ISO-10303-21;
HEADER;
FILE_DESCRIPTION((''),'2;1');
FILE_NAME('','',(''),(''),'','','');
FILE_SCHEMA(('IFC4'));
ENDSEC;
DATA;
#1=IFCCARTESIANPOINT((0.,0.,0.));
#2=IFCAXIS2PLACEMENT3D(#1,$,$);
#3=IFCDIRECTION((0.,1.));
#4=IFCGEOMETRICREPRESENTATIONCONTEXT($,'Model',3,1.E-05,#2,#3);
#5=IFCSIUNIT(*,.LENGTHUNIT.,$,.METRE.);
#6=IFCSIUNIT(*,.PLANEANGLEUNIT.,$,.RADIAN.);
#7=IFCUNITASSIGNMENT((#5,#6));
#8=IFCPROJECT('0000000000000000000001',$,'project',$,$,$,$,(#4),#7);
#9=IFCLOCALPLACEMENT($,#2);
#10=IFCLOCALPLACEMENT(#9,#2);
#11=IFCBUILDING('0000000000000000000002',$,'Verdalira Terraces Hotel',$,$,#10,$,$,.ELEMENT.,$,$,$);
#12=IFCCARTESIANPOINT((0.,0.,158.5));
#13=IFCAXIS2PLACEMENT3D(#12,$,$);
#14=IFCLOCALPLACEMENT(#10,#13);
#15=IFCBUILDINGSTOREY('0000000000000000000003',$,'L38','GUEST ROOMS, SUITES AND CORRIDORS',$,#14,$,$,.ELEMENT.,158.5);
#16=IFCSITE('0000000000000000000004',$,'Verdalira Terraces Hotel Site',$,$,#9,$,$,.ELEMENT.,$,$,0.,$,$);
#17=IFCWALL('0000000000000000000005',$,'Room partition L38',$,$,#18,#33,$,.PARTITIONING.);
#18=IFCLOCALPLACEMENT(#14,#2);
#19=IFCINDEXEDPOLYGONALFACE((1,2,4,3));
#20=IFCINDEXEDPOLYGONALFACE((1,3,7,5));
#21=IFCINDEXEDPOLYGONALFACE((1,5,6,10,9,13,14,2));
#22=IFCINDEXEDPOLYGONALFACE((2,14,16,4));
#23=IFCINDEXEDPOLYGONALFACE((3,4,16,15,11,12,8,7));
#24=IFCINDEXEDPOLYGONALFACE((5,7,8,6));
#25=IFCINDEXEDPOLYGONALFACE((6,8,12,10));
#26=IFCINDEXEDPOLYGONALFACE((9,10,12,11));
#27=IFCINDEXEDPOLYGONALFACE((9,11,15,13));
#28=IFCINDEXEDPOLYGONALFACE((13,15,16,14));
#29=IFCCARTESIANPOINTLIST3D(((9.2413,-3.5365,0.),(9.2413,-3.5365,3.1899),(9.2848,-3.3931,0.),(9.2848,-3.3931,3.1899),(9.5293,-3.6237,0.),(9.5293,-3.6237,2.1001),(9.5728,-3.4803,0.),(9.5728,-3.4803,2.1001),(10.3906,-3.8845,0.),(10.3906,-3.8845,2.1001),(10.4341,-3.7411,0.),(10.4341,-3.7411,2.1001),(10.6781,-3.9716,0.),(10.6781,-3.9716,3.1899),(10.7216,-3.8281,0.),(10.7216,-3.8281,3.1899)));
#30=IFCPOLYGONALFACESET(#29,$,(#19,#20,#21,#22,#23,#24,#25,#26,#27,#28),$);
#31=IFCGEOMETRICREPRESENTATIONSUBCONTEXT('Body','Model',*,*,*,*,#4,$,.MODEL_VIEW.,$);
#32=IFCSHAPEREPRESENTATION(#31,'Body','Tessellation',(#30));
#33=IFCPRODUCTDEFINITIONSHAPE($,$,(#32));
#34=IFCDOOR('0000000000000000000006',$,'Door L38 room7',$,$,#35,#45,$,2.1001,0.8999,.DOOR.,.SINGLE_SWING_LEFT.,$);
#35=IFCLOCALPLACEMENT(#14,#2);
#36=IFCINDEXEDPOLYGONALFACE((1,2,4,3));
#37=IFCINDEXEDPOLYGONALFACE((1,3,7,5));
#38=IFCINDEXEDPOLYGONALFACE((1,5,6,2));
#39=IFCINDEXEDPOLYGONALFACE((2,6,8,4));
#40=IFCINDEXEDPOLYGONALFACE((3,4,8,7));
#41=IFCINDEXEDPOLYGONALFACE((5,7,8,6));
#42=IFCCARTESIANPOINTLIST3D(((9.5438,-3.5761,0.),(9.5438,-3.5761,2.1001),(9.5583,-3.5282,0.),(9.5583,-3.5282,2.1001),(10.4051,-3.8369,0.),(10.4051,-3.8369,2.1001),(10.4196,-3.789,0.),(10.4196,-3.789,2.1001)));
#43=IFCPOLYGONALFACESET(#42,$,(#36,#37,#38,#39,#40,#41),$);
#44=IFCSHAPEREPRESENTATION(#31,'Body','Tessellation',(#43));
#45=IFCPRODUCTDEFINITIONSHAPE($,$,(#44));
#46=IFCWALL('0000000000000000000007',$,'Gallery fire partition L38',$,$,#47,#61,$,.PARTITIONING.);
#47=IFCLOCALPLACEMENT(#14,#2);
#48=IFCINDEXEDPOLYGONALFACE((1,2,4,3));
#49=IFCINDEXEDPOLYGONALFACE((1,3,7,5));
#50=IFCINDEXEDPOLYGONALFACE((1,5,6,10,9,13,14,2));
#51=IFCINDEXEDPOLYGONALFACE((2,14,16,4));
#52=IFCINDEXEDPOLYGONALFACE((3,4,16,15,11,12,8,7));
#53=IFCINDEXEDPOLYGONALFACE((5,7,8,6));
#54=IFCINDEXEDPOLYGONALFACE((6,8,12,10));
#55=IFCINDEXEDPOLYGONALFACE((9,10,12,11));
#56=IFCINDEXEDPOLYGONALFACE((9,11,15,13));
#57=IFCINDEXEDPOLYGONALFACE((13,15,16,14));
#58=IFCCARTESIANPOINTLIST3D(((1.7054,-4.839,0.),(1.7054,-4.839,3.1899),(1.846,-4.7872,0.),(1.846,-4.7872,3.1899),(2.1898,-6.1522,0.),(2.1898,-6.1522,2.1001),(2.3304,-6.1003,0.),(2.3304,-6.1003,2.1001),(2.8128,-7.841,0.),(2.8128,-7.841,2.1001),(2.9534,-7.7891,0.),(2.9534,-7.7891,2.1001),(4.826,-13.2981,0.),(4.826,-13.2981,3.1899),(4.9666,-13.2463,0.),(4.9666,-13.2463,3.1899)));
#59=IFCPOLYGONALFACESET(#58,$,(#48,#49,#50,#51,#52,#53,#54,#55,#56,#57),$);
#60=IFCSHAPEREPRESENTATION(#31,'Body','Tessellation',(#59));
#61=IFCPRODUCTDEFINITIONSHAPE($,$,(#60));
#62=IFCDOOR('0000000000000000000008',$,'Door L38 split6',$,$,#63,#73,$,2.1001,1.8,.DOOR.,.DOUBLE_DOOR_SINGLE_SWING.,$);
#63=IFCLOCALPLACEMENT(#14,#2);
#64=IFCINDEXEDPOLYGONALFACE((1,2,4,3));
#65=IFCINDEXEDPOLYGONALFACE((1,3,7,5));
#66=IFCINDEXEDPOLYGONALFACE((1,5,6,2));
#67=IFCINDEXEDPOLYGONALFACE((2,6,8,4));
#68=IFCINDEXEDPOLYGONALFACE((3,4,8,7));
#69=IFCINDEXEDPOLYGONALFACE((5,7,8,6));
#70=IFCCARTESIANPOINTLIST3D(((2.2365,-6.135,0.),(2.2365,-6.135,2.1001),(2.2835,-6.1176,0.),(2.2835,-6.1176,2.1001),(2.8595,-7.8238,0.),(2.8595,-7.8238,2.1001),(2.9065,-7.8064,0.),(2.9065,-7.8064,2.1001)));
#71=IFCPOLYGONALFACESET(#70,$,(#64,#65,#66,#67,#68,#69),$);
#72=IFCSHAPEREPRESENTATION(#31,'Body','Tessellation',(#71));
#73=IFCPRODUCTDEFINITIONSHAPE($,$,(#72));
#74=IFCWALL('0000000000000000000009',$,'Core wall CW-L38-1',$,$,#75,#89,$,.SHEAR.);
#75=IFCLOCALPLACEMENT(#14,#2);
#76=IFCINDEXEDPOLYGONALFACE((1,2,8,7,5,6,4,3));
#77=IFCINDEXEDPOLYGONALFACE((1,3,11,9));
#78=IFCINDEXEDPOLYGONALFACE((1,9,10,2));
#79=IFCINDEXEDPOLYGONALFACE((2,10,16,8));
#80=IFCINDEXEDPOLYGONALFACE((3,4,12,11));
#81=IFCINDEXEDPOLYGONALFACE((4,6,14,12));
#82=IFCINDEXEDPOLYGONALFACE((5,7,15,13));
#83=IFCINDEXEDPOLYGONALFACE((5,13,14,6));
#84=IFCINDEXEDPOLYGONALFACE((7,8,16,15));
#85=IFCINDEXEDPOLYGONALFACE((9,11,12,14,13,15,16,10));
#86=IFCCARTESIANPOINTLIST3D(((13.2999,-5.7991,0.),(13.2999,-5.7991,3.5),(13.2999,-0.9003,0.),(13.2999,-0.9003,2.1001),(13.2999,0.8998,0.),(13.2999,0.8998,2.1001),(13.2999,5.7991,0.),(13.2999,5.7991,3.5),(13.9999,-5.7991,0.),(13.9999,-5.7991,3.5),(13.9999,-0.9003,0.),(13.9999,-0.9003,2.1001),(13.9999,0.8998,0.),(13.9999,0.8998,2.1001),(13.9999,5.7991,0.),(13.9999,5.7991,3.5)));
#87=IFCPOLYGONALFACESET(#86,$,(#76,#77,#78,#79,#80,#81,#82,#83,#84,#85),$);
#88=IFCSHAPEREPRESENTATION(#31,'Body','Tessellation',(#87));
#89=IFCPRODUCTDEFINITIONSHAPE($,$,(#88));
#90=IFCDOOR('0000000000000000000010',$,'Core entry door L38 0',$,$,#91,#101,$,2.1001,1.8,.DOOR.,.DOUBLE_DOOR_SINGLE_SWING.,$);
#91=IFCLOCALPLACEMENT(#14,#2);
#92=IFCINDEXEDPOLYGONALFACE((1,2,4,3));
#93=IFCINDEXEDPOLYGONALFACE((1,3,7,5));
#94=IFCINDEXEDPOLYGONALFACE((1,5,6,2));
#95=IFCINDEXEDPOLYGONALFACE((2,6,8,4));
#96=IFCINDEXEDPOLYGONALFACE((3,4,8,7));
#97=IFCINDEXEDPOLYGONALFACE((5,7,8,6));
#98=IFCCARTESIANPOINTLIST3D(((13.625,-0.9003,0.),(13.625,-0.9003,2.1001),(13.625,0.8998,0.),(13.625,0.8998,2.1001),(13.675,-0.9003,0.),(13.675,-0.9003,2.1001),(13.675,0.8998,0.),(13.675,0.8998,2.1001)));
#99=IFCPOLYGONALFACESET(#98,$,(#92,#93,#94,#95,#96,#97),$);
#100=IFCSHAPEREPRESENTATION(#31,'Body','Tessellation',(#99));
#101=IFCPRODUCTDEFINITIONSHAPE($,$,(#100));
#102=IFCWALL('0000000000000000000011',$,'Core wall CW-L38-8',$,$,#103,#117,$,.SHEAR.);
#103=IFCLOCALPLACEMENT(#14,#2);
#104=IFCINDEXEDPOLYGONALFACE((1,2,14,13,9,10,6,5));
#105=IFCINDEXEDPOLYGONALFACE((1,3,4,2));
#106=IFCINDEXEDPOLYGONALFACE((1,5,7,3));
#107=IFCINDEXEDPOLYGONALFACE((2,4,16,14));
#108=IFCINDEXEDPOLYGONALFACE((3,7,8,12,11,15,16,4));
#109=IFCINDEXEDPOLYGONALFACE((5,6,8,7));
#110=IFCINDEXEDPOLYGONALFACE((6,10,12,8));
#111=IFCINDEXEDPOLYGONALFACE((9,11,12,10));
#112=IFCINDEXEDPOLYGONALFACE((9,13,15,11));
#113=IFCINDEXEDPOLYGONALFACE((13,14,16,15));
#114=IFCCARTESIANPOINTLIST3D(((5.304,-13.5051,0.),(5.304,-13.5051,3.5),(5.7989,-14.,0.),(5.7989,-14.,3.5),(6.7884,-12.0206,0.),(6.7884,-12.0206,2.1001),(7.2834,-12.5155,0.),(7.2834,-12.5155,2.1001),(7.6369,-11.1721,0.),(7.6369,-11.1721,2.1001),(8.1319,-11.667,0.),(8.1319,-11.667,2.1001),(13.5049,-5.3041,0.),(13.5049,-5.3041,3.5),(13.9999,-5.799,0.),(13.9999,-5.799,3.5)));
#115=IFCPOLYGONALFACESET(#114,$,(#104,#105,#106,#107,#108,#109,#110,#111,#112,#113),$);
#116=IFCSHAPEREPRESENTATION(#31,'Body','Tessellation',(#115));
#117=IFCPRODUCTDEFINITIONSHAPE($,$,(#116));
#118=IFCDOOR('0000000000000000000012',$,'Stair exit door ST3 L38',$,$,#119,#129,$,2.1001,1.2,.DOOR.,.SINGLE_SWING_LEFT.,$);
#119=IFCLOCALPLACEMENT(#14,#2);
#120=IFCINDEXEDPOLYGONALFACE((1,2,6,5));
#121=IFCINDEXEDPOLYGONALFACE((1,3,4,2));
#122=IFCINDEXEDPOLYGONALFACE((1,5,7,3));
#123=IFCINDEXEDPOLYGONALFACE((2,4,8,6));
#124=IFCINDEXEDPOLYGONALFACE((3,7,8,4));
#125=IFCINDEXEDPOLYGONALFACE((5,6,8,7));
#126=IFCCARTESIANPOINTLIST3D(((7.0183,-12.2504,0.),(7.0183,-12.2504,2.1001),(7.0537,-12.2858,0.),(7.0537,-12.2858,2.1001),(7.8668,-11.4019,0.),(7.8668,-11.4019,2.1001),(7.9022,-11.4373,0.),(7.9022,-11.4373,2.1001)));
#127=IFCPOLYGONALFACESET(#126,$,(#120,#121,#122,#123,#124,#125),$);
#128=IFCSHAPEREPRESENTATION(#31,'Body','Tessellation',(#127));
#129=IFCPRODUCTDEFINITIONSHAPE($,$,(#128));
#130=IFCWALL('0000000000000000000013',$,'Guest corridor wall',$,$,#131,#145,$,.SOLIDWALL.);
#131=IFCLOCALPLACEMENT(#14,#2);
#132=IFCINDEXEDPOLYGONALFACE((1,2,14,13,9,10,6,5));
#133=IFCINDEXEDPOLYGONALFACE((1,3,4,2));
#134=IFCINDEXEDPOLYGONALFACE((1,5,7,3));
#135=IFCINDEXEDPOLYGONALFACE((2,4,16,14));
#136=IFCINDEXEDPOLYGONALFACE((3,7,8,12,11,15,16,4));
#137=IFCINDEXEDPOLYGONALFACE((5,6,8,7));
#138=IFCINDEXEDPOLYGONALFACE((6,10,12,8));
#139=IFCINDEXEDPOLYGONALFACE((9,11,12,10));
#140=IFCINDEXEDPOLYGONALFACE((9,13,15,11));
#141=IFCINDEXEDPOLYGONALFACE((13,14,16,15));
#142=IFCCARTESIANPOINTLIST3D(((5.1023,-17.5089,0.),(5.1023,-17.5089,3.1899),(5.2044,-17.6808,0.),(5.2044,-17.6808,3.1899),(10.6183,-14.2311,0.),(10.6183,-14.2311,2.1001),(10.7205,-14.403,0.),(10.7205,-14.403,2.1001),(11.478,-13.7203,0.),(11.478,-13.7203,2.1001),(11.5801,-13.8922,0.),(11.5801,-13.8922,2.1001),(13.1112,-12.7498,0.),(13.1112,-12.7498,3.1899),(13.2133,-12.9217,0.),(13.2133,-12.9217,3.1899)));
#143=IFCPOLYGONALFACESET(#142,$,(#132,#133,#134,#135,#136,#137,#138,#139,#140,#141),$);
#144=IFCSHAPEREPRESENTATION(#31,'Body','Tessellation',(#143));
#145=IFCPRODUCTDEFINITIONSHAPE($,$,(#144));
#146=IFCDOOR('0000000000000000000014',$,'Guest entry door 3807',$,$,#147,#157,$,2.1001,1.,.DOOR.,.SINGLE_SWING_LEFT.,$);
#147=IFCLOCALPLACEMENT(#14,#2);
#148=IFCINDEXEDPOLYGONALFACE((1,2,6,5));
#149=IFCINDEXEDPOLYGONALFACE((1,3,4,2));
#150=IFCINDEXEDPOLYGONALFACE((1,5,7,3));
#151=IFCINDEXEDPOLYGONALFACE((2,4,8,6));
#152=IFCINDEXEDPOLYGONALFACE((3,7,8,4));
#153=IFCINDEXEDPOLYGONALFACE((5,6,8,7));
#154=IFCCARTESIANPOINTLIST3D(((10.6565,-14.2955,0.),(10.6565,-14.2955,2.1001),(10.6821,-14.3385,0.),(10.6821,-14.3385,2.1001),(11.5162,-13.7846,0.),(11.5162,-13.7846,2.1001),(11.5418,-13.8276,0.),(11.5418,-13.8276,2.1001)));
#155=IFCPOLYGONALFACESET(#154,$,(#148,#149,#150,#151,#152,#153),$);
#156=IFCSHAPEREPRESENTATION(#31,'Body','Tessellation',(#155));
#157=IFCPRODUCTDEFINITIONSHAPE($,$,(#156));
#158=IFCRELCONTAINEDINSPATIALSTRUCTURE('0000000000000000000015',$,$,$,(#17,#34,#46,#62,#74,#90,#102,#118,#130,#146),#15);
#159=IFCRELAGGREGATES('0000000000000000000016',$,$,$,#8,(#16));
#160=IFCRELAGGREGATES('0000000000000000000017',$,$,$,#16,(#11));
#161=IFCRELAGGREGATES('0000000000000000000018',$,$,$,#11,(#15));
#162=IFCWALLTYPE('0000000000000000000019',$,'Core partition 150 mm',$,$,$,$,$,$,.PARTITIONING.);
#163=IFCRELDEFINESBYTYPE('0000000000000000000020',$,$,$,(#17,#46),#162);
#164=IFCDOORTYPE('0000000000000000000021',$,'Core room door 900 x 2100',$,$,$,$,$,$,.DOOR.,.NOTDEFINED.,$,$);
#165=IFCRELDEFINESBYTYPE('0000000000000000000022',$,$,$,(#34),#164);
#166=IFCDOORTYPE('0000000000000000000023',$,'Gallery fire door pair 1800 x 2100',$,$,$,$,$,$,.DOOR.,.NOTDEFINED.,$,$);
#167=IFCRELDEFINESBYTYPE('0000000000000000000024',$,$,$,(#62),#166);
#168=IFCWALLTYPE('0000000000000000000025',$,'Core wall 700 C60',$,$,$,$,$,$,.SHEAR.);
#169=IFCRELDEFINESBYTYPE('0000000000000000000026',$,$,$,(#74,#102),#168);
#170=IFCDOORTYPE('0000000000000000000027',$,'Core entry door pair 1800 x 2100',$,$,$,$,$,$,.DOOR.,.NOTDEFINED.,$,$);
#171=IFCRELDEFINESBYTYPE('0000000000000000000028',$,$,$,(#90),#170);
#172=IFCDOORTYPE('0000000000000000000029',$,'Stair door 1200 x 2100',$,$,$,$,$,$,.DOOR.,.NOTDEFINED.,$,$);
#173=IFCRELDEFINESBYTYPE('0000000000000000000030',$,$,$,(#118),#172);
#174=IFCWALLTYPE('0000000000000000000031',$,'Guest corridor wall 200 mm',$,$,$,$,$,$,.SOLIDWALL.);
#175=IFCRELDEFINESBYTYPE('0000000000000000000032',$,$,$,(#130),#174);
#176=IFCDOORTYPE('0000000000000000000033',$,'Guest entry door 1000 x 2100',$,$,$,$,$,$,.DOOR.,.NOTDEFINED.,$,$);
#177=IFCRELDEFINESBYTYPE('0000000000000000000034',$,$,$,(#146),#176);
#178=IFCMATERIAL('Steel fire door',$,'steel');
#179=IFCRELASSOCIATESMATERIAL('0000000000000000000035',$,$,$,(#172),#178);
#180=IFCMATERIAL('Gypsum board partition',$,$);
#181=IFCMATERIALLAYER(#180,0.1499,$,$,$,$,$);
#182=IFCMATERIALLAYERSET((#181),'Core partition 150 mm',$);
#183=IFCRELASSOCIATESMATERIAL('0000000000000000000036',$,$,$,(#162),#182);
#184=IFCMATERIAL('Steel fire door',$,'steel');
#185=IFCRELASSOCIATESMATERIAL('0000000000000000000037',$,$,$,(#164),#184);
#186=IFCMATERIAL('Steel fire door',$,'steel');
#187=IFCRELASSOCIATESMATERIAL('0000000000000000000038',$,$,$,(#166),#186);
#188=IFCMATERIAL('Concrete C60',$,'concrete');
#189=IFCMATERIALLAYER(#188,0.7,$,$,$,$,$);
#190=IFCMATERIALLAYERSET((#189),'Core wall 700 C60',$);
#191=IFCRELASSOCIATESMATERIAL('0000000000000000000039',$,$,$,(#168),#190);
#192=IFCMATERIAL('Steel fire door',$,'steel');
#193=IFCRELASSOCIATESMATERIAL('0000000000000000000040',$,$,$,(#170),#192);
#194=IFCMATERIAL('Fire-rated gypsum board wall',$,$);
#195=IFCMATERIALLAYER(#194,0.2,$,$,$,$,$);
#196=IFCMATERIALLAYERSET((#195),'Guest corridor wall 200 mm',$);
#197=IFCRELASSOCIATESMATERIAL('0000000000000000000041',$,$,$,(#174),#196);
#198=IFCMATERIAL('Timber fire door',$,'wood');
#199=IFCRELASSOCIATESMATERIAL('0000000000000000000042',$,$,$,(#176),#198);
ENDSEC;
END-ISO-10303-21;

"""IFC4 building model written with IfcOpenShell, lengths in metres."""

from ifc_helpers import new_model, si_unit, direction, frame, frame_2d, origin, place, context, subcontext, project, spatial, rectangle, extrude, material, layer, layer_set, type_object, element, fill, save


model = new_model("IFC4")

# Units and contexts
model_context = context("Model", 3, precision=1e-05, world=origin(), true_north=direction((0.0, 1.0)))
body_context = subcontext(model_context, "Body", "Model", "MODEL_VIEW")
ifc_project = project(units=[si_unit("LENGTHUNIT", "METRE"), si_unit("PLANEANGLEUNIT", "RADIAN")], contexts=[model_context])

# Site, building, storey
site_placement = place(None, origin())
site = spatial("IfcSite", under=ifc_project, at=site_placement, Name="Verdalira Terraces Hotel Site", CompositionType="ELEMENT", RefElevation=0.0)
building_placement = place(site_placement, origin())
building = spatial("IfcBuilding", under=site, at=building_placement, Name="Verdalira Terraces Hotel", CompositionType="ELEMENT")
storey_placement = place(building_placement, frame((0.0, 0.0, 158.5)))
storey = spatial("IfcBuildingStorey", under=building, at=storey_placement, Name="L38", Description="GUEST ROOMS, SUITES AND CORRIDORS", CompositionType="ELEMENT", Elevation=158.5)

# Shared definitions
ifc_material_1 = material(Name="Steel fire door", Category="steel")
door_type_1 = type_object("IfcDoorType", Name="Stair door 1200 x 2100", OperationType="NOTDEFINED", PredefinedType="DOOR", material=ifc_material_1)

# Walls, openings, doors
ifc_material_2 = material(Name="Gypsum board partition")
ifc_layer_1 = layer(ifc_material_2, 0.1499)
ifc_layer_set_1 = layer_set([ifc_layer_1], Name="Core partition 150 mm")
wall_type_1 = type_object("IfcWallType", Name="Core partition 150 mm", PredefinedType="PARTITIONING", material=ifc_layer_set_1)
wall_1_placement = place(storey_placement, frame((9.2632, -3.4648, 0.0), z_axis=(0.0, 0.0, 1.0), x_axis=(0.957085, -0.289809, 0.0)))
wall_1 = element("IfcWall", 1, at=wall_1_placement, inside=storey, type_object=wall_type_1, Name="Room partition L38", PredefinedType="PARTITIONING", context=body_context, shape_type="SweptSolid", body=[
    extrude(rectangle(XDim=1.5012, YDim=0.1499, at=frame_2d((0.7505, 0.0))), origin(), (0.0, 0.0, 1.0), 3.1899),
])
opening_1_placement = place(wall_1_placement, frame((0.3008, 0.0, 0.0)))
opening_1 = element("IfcOpeningElement", 2, at=opening_1_placement, cuts=wall_1, PredefinedType="OPENING", context=body_context, shape_type="SweptSolid", body=[
    extrude(rectangle(XDim=0.8999, YDim=2.1001, at=frame_2d((0.45, 1.05))), frame((0.0, 0.085, 0.0), z_axis=(0.0, -1.0, 0.0), x_axis=(1.0, 0.0, 0.0)), (0.0, 0.0, 1.0), 0.1699),
])
ifc_material_3 = material(Name="Steel fire door", Category="steel")
door_type_2 = type_object("IfcDoorType", Name="Core room door 900 x 2100", OperationType="NOTDEFINED", PredefinedType="DOOR", material=ifc_material_3)
door_1_placement = place(opening_1_placement, origin())
door_1 = element("IfcDoor", 3, at=door_1_placement, inside=storey, type_object=door_type_2, Name="Door L38 room7", OperationType="SINGLE_SWING_LEFT", OverallHeight=2.1001, OverallWidth=0.8999, PredefinedType="DOOR", context=body_context, shape_type="SweptSolid", body=[
    extrude(rectangle(XDim=0.8999, YDim=2.1001, at=frame_2d((0.45, 1.05))), frame((0.0, 0.0249, 0.0), z_axis=(0.0, -1.0, 0.0), x_axis=(1.0, 0.0, 0.0)), (0.0, 0.0, 1.0), 0.05),
])
fill(opening_1, door_1)
wall_2_placement = place(storey_placement, frame((1.7756, -4.813, 0.0), z_axis=(0.0, 0.0, 1.0), x_axis=(0.346109, -0.938194, 0.0)))
wall_2 = element("IfcWall", 4, at=wall_2_placement, inside=storey, type_object=wall_type_1, Name="Gallery fire partition L38", PredefinedType="PARTITIONING", context=body_context, shape_type="SweptSolid", body=[
    extrude(rectangle(XDim=9.0164, YDim=0.1499, at=frame_2d((4.5083, 0.0))), origin(), (0.0, 0.0, 1.0), 3.1899),
])
opening_2_placement = place(wall_2_placement, frame((1.3999, 0.0, 0.0)))
opening_2 = element("IfcOpeningElement", 5, at=opening_2_placement, cuts=wall_2, PredefinedType="OPENING", context=body_context, shape_type="SweptSolid", body=[
    extrude(rectangle(XDim=1.8, YDim=2.1001, at=frame_2d((0.8999, 1.05))), frame((0.0, 0.085, 0.0), z_axis=(0.0, -1.0, 0.0), x_axis=(1.0, 0.0, 0.0)), (0.0, 0.0, 1.0), 0.1699),
])
ifc_material_4 = material(Name="Steel fire door", Category="steel")
door_type_3 = type_object("IfcDoorType", Name="Gallery fire door pair 1800 x 2100", OperationType="NOTDEFINED", PredefinedType="DOOR", material=ifc_material_4)
door_2_placement = place(opening_2_placement, origin())
door_2 = element("IfcDoor", 6, at=door_2_placement, inside=storey, type_object=door_type_3, Name="Door L38 split6", OperationType="DOUBLE_DOOR_SINGLE_SWING", OverallHeight=2.1001, OverallWidth=1.8, PredefinedType="DOOR", context=body_context, shape_type="SweptSolid", body=[
    extrude(rectangle(XDim=1.8, YDim=2.1001, at=frame_2d((0.8999, 1.05))), frame((0.0, 0.0249, 0.0), z_axis=(0.0, -1.0, 0.0), x_axis=(1.0, 0.0, 0.0)), (0.0, 0.0, 1.0), 0.05),
])
fill(opening_2, door_2)
ifc_material_5 = material(Name="Concrete C60", Category="concrete")
ifc_layer_2 = layer(ifc_material_5, 0.7)
ifc_layer_set_2 = layer_set([ifc_layer_2], Name="Core wall 700 C60")
wall_type_2 = type_object("IfcWallType", Name="Core wall 700 C60", PredefinedType="SHEAR", material=ifc_layer_set_2)
wall_3_placement = place(storey_placement, frame((13.6499, -5.7991, 0.0), z_axis=(0.0, 0.0, 1.0), x_axis=(0.0, 1.0, 0.0)))
wall_3 = element("IfcWall", 7, at=wall_3_placement, inside=storey, type_object=wall_type_2, Name="Core wall CW-L38-1", PredefinedType="SHEAR", context=body_context, shape_type="SweptSolid", body=[
    extrude(rectangle(XDim=11.5981, YDim=0.7, at=frame_2d((5.7991, 0.0))), origin(), (0.0, 0.0, 1.0), 3.5),
])
opening_3_placement = place(wall_3_placement, frame((4.8989, 0.0, 0.0)))
opening_3 = element("IfcOpeningElement", 8, at=opening_3_placement, cuts=wall_3, PredefinedType="OPENING", context=body_context, shape_type="SweptSolid", body=[
    extrude(rectangle(XDim=1.8, YDim=2.1001, at=frame_2d((0.8999, 1.05))), frame((0.0, 0.3599, 0.0), z_axis=(0.0, -1.0, 0.0), x_axis=(1.0, 0.0, 0.0)), (0.0, 0.0, 1.0), 0.72),
])
ifc_material_6 = material(Name="Steel fire door", Category="steel")
door_type_4 = type_object("IfcDoorType", Name="Core entry door pair 1800 x 2100", OperationType="NOTDEFINED", PredefinedType="DOOR", material=ifc_material_6)
door_3_placement = place(opening_3_placement, origin())
door_3 = element("IfcDoor", 9, at=door_3_placement, inside=storey, type_object=door_type_4, Name="Core entry door L38 0", OperationType="DOUBLE_DOOR_SINGLE_SWING", OverallHeight=2.1001, OverallWidth=1.8, PredefinedType="DOOR", context=body_context, shape_type="SweptSolid", body=[
    extrude(rectangle(XDim=1.8, YDim=2.1001, at=frame_2d((0.8999, 1.05))), frame((0.0, 0.0249, 0.0), z_axis=(0.0, -1.0, 0.0), x_axis=(1.0, 0.0, 0.0)), (0.0, 0.0, 1.0), 0.05),
])
fill(opening_3, door_3)
wall_4_placement = place(storey_placement, frame((5.5515, -13.7524, 0.0), z_axis=(0.0, 0.0, 1.0), x_axis=(0.707107, 0.707107, 0.0)))
wall_4 = element("IfcWall", 10, at=wall_4_placement, inside=storey, type_object=wall_type_2, Name="Core wall CW-L38-8", PredefinedType="SHEAR", context=body_context, shape_type="SweptSolid", body=[
    extrude(rectangle(XDim=11.5979, YDim=0.7, at=frame_2d((5.7988, 0.0))), origin(), (0.0, 0.0, 1.0), 3.5),
])
opening_4_placement = place(wall_4_placement, frame((2.0991, 0.0, 0.0)))
opening_4 = element("IfcOpeningElement", 11, at=opening_4_placement, cuts=wall_4, PredefinedType="OPENING", context=body_context, shape_type="SweptSolid", body=[
    extrude(rectangle(XDim=1.2, YDim=2.1001, at=frame_2d((0.6001, 1.05))), frame((0.0, 0.3599, 0.0), z_axis=(0.0, -1.0, 0.0), x_axis=(1.0, 0.0, 0.0)), (0.0, 0.0, 1.0), 0.72),
])
door_4_placement = place(opening_4_placement, origin())
door_4 = element("IfcDoor", 12, at=door_4_placement, inside=storey, type_object=door_type_1, Name="Stair exit door ST3 L38", OperationType="SINGLE_SWING_LEFT", OverallHeight=2.1001, OverallWidth=1.2, PredefinedType="DOOR", context=body_context, shape_type="SweptSolid", body=[
    extrude(rectangle(XDim=1.2, YDim=2.1001, at=frame_2d((0.6001, 1.05))), frame((0.0, 0.0249, 0.0), z_axis=(0.0, -1.0, 0.0), x_axis=(1.0, 0.0, 0.0)), (0.0, 0.0, 1.0), 0.05),
])
fill(opening_4, door_4)
ifc_material_7 = material(Name="Fire-rated gypsum board wall")
ifc_layer_3 = layer(ifc_material_7, 0.2)
ifc_layer_set_3 = layer_set([ifc_layer_3], Name="Guest corridor wall 200 mm")
wall_type_3 = type_object("IfcWallType", Name="Guest corridor wall 200 mm", PredefinedType="SOLIDWALL", material=ifc_layer_set_3)
wall_5_placement = place(storey_placement, frame((13.1624, -12.8357, 0.0), z_axis=(0.0, 0.0, 1.0), x_axis=(-0.859675, -0.510841, 0.0)))
wall_5 = element("IfcWall", 13, at=wall_5_placement, inside=storey, type_object=wall_type_3, Name="Guest corridor wall", PredefinedType="SOLIDWALL", context=body_context, shape_type="SweptSolid", body=[
    extrude(rectangle(XDim=9.3162, YDim=0.2, at=frame_2d((4.6582, 0.0))), origin(), (0.0, 0.0, 1.0), 3.1899),
])
opening_5_placement = place(wall_5_placement, frame((1.8999, 0.0, 0.0)))
opening_5 = element("IfcOpeningElement", 14, at=opening_5_placement, cuts=wall_5, PredefinedType="OPENING", context=body_context, shape_type="SweptSolid", body=[
    extrude(rectangle(XDim=1.0, YDim=2.1001, at=frame_2d((0.5, 1.05))), frame((0.0, 0.1099, 0.0), z_axis=(0.0, -1.0, 0.0), x_axis=(1.0, 0.0, 0.0)), (0.0, 0.0, 1.0), 0.22),
])
ifc_material_8 = material(Name="Timber fire door", Category="wood")
door_type_5 = type_object("IfcDoorType", Name="Guest entry door 1000 x 2100", OperationType="NOTDEFINED", PredefinedType="DOOR", material=ifc_material_8)
door_5_placement = place(opening_5_placement, origin())
door_5 = element("IfcDoor", 15, at=door_5_placement, inside=storey, type_object=door_type_5, Name="Guest entry door 3807", OperationType="SINGLE_SWING_LEFT", OverallHeight=2.1001, OverallWidth=1.0, PredefinedType="DOOR", context=body_context, shape_type="SweptSolid", body=[
    extrude(rectangle(XDim=1.0, YDim=2.1001, at=frame_2d((0.5, 1.05))), frame((0.0, 0.0249, 0.0), z_axis=(0.0, -1.0, 0.0), x_axis=(1.0, 0.0, 0.0)), (0.0, 0.0, 1.0), 0.05),
])
fill(opening_5, door_5)

save(model, "model.ifc")
